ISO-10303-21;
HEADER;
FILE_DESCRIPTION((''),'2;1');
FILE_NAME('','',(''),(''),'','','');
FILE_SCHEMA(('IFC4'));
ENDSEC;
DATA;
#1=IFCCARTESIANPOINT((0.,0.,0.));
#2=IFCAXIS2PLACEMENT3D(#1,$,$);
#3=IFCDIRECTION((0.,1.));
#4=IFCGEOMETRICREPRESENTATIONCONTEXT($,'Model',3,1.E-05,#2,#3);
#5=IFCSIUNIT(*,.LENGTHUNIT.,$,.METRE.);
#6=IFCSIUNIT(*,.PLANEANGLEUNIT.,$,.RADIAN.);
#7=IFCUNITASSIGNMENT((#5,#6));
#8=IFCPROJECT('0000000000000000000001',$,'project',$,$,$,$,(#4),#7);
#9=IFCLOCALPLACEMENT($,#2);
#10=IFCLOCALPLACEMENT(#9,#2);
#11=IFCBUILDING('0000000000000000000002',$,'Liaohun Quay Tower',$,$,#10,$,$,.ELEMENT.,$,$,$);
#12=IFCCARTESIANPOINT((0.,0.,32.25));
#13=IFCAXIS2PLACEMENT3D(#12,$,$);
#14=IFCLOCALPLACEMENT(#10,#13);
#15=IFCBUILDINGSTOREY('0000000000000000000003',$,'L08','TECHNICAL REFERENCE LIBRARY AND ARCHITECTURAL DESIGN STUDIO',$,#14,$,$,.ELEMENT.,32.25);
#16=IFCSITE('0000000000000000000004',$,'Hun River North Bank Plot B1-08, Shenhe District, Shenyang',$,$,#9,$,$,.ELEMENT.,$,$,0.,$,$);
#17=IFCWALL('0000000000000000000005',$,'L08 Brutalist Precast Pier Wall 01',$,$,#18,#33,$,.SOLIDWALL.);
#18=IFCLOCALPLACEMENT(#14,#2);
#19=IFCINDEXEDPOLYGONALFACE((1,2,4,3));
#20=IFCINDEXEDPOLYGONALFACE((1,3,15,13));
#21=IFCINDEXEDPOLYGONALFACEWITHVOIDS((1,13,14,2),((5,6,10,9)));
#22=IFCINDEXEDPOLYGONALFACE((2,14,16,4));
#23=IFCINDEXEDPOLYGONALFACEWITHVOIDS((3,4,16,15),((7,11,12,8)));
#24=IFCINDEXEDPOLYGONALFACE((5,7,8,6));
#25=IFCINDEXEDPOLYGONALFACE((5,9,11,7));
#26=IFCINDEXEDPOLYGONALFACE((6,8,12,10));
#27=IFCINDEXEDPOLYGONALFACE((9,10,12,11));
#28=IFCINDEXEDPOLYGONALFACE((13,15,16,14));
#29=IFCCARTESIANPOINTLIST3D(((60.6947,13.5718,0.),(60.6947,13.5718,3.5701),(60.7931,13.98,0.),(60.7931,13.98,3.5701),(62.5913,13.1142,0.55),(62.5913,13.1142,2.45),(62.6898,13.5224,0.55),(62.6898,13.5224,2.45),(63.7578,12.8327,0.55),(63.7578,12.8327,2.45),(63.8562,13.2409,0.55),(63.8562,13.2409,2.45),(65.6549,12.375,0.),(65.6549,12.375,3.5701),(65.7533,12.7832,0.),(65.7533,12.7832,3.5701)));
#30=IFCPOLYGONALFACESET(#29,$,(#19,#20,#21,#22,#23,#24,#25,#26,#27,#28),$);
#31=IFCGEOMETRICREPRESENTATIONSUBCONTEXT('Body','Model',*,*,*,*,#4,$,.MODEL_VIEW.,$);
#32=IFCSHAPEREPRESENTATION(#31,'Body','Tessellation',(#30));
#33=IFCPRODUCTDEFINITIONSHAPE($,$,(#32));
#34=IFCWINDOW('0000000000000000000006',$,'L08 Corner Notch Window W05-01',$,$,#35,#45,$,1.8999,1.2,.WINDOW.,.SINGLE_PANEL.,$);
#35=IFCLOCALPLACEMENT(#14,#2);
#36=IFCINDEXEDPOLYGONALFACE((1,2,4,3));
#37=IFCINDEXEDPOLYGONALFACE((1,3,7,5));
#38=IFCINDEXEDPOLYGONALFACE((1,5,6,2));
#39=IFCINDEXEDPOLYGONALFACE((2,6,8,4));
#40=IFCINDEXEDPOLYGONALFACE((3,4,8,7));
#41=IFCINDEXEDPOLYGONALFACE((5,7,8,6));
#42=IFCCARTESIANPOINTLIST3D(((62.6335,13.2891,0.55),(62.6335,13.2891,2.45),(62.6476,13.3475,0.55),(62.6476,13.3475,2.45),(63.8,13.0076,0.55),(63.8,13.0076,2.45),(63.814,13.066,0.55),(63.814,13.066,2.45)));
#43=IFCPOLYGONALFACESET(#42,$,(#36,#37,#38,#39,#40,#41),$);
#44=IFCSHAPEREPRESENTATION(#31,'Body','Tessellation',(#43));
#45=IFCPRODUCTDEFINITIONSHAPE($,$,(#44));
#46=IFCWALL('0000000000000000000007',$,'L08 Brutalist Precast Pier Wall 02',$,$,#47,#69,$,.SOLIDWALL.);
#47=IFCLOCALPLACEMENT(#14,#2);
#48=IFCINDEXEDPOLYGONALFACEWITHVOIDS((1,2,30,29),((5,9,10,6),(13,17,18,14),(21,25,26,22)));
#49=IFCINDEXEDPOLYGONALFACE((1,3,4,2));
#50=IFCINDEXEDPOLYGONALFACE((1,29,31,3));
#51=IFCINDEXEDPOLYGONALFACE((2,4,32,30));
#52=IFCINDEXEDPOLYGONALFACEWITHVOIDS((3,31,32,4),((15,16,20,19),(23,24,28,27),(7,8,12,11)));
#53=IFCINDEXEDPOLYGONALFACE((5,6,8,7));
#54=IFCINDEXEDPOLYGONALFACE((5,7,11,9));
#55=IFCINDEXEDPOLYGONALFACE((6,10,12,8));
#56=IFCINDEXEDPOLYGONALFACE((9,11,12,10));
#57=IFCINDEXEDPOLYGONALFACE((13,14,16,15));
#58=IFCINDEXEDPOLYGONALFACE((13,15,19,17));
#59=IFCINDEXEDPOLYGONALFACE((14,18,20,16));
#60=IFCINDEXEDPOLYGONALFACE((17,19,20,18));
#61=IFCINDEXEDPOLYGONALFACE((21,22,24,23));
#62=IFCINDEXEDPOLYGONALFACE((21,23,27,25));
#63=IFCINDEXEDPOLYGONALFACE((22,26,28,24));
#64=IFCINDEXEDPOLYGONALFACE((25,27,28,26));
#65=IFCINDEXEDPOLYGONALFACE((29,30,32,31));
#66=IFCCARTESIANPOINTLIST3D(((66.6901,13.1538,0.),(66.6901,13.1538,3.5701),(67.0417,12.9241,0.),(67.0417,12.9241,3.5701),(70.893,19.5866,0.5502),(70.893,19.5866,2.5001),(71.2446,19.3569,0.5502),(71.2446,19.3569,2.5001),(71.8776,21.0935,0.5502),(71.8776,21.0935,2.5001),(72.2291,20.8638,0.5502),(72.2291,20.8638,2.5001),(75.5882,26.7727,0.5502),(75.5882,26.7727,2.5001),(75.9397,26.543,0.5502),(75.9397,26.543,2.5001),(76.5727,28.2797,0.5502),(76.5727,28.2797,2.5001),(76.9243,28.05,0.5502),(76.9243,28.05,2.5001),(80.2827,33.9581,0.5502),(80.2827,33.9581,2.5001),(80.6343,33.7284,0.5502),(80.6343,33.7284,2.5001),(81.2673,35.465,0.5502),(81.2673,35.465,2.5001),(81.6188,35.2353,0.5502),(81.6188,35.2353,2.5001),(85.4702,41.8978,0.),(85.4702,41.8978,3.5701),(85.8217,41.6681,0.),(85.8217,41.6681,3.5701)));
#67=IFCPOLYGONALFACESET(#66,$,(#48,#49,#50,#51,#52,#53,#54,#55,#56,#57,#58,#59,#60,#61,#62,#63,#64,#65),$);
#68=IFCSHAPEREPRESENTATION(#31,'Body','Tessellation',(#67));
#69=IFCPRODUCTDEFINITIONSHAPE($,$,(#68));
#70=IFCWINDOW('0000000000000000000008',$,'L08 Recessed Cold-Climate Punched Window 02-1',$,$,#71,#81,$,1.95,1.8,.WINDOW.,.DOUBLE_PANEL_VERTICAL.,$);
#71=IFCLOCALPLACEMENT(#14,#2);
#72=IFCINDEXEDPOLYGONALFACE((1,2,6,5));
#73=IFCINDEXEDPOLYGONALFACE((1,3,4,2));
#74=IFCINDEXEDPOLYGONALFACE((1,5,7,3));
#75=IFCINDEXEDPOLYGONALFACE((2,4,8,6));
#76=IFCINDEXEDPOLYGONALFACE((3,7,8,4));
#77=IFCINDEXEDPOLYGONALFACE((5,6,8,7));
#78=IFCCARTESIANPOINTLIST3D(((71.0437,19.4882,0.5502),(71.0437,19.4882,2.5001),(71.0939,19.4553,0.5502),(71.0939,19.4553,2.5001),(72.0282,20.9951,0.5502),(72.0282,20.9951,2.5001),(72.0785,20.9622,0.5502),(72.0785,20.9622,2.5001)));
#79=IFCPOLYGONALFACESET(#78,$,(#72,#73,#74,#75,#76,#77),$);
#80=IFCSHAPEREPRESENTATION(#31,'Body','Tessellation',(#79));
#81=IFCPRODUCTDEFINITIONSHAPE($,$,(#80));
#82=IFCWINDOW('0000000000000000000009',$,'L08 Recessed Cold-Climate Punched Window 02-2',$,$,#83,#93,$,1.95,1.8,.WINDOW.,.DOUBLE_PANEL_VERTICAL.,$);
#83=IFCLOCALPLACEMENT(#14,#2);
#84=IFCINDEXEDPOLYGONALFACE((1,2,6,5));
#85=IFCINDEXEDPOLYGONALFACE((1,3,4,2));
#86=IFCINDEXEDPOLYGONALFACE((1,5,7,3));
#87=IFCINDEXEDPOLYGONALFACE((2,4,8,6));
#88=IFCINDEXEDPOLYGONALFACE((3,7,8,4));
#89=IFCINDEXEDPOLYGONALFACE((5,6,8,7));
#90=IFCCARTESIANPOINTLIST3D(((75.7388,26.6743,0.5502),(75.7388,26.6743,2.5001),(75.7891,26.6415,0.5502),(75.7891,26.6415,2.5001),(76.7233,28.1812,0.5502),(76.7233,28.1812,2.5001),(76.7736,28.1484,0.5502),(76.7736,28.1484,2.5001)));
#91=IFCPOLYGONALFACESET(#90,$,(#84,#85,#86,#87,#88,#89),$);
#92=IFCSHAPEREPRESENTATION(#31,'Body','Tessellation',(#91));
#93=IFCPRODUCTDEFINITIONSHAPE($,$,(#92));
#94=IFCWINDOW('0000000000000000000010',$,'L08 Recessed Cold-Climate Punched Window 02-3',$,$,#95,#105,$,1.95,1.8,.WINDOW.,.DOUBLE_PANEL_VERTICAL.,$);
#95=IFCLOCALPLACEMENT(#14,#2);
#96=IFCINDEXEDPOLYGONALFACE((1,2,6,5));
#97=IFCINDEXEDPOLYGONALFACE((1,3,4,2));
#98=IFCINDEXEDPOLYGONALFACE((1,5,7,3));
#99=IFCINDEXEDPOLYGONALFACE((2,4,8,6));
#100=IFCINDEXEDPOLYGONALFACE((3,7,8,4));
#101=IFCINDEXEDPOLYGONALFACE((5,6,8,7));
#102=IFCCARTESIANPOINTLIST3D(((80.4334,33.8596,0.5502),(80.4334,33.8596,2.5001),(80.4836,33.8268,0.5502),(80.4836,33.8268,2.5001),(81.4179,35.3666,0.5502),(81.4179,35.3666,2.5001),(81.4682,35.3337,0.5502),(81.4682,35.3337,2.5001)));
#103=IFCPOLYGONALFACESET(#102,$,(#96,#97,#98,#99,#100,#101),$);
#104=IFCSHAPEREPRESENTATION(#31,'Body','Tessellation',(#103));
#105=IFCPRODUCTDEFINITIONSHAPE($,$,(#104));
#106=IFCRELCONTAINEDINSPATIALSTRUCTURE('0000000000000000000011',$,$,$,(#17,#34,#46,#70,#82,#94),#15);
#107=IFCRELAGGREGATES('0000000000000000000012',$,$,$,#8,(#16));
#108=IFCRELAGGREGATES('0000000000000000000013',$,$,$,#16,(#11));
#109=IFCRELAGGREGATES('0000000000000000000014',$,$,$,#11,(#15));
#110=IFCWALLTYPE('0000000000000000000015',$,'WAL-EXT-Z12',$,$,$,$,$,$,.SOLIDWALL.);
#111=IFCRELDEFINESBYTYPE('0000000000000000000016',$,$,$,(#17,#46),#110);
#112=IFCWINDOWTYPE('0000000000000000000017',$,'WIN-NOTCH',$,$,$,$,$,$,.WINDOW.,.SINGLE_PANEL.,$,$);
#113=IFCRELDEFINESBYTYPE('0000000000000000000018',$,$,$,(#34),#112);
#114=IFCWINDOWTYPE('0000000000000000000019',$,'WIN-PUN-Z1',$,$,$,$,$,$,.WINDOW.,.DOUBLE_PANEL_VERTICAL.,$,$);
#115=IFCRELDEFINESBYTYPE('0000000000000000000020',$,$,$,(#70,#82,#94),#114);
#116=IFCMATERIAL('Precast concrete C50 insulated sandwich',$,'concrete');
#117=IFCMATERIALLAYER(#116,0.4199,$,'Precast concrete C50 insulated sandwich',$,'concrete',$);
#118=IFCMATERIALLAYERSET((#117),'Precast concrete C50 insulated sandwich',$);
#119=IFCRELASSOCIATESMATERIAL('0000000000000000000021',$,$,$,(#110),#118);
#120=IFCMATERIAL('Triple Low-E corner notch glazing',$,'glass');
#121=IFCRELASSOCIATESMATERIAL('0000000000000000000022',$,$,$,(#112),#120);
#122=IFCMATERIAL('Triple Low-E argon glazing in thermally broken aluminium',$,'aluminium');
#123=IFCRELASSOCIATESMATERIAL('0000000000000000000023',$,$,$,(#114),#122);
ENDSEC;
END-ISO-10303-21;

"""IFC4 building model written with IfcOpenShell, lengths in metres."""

from ifc_helpers import new_model, si_unit, direction, frame, frame_2d, origin, place, context, subcontext, project, spatial, rectangle, extrude, source, transform, mapped, material, layer, layer_set, type_object, element, fill, save


model = new_model("IFC4")

# Units and contexts
model_context = context("Model", 3, precision=1e-05, world=origin(), true_north=direction((0.0, 1.0)))
body_context = subcontext(model_context, "Body", "Model", "MODEL_VIEW")
ifc_project = project(units=[si_unit("LENGTHUNIT", "METRE"), si_unit("PLANEANGLEUNIT", "RADIAN")], contexts=[model_context])

# Site, building, storey
site_placement = place(None, origin())
site = spatial("IfcSite", under=ifc_project, at=site_placement, Name="Hun River North Bank Plot B1-08, Shenhe District, Shenyang", CompositionType="ELEMENT", RefElevation=0.0)
building_placement = place(site_placement, origin())
building = spatial("IfcBuilding", under=site, at=building_placement, Name="Liaohun Quay Tower", CompositionType="ELEMENT")
storey_placement = place(building_placement, frame((0.0, 0.0, 32.25)))
storey = spatial("IfcBuildingStorey", under=building, at=storey_placement, Name="L08", Description="TECHNICAL REFERENCE LIBRARY AND ARCHITECTURAL DESIGN STUDIO", CompositionType="ELEMENT", Elevation=32.25)

# Wall, opening, window
ifc_material_1 = material(Name="Precast concrete C50 insulated sandwich", Category="concrete")
ifc_layer_1 = layer(ifc_material_1, 0.4199, Name="Precast concrete C50 insulated sandwich", Category="concrete")
ifc_layer_set_1 = layer_set([ifc_layer_1], Name="Precast concrete C50 insulated sandwich")
wall_type_1 = type_object("IfcWallType", Name="WAL-EXT-Z12", PredefinedType="SOLIDWALL", material=ifc_layer_set_1)
wall_1_placement = place(storey_placement, frame((60.7439, 13.7759, 0.0), z_axis=(0.0, 0.0, 1.0), x_axis=(0.972105, -0.234545, 0.0)))
wall_1 = element("IfcWall", 1, at=wall_1_placement, inside=storey, type_object=wall_type_1, Name="L08 Brutalist Precast Pier Wall 01", PredefinedType="SOLIDWALL", context=body_context, shape_type="SweptSolid", body=[
    extrude(rectangle(XDim=5.1025, YDim=0.4199, at=frame_2d((2.5513, 0.0))), origin(), (0.0, 0.0, 1.0), 3.5701),
])
shared_shape_1 = source(origin(), body_context, "Body", "SweptSolid", [
    extrude(rectangle(XDim=1.2, YDim=1.8999, at=frame_2d((0.6001, 0.95))), frame((0.0, 0.22, 0.0), z_axis=(0.0, -1.0, 0.0), x_axis=(1.0, 0.0, 0.0)), (0.0, 0.0, 1.0), 0.4399),
])
opening_1_placement = place(wall_1_placement, frame((1.9509, 0.0, 0.55)))
opening_1 = element("IfcOpeningElement", 2, at=opening_1_placement, cuts=wall_1, PredefinedType="OPENING", context=body_context, shape_type="MappedRepresentation", body=[
    mapped(shared_shape_1, transform((0.0, 0.0, 0.0), x_axis=(1.0, 0.0, 0.0), y_axis=(0.0, 1.0, 0.0), z_axis=(0.0, 0.0, 1.0), scale=1.0)),
])
ifc_material_2 = material(Name="Triple Low-E corner notch glazing", Category="glass")
window_type_1 = type_object("IfcWindowType", Name="WIN-NOTCH", PartitioningType="SINGLE_PANEL", PredefinedType="WINDOW", material=ifc_material_2)
shared_shape_2 = source(origin(), body_context, "Body", "SweptSolid", [
    extrude(rectangle(XDim=1.2, YDim=1.8999, at=frame_2d((0.6001, 0.95))), frame((0.0, 0.03, 0.0), z_axis=(0.0, -1.0, 0.0), x_axis=(1.0, 0.0, 0.0)), (0.0, 0.0, 1.0), 0.0601),
])
window_1_placement = place(opening_1_placement, origin())
window_1 = element("IfcWindow", 3, at=window_1_placement, inside=storey, type_object=window_type_1, Name="L08 Corner Notch Window W05-01", OverallHeight=1.8999, OverallWidth=1.2, PartitioningType="SINGLE_PANEL", PredefinedType="WINDOW", context=body_context, shape_type="MappedRepresentation", body=[
    mapped(shared_shape_2, transform((0.0, 0.0, 0.0), x_axis=(1.0, 0.0, 0.0), y_axis=(0.0, 1.0, 0.0), z_axis=(0.0, 0.0, 1.0), scale=1.0)),
])
fill(opening_1, window_1)

# Wall, openings, windows
wall_2_placement = place(storey_placement, frame((66.866, 13.0391, 0.0), z_axis=(0.0, 0.0, 1.0), x_axis=(0.546963, 0.837157, 0.0)))
wall_2 = element("IfcWall", 4, at=wall_2_placement, inside=storey, type_object=wall_type_1, Name="L08 Brutalist Precast Pier Wall 02", PredefinedType="SOLIDWALL", context=body_context, shape_type="SweptSolid", body=[
    extrude(rectangle(XDim=34.3352, YDim=0.4199, at=frame_2d((17.1675, 0.0))), origin(), (0.0, 0.0, 1.0), 3.5701),
])
shared_shape_3 = source(origin(), body_context, "Body", "SweptSolid", [
    extrude(rectangle(XDim=1.8, YDim=1.95, at=frame_2d((0.8999, 0.9751))), frame((0.0, 0.22, 0.0), z_axis=(0.0, -1.0, 0.0), x_axis=(1.0, 0.0, 0.0)), (0.0, 0.0, 1.0), 0.4399),
])
opening_2_placement = place(wall_2_placement, frame((7.6841, 0.0, 0.55)))
opening_2 = element("IfcOpeningElement", 5, at=opening_2_placement, cuts=wall_2, PredefinedType="OPENING", context=body_context, shape_type="MappedRepresentation", body=[
    mapped(shared_shape_3, transform((0.0, 0.0, 0.0), x_axis=(1.0, 0.0, 0.0), y_axis=(0.0, 1.0, 0.0), z_axis=(0.0, 0.0, 1.0), scale=1.0)),
])
opening_3_placement = place(wall_2_placement, frame((16.2681, 0.0, 0.55)))
opening_3 = element("IfcOpeningElement", 6, at=opening_3_placement, cuts=wall_2, PredefinedType="OPENING", context=body_context, shape_type="MappedRepresentation", body=[
    mapped(shared_shape_3, transform((0.0, 0.0, 0.0), x_axis=(1.0, 0.0, 0.0), y_axis=(0.0, 1.0, 0.0), z_axis=(0.0, 0.0, 1.0), scale=1.0)),
])
opening_4_placement = place(wall_2_placement, frame((24.8511, 0.0, 0.55)))
opening_4 = element("IfcOpeningElement", 7, at=opening_4_placement, cuts=wall_2, PredefinedType="OPENING", context=body_context, shape_type="MappedRepresentation", body=[
    mapped(shared_shape_3, transform((0.0, 0.0, 0.0), x_axis=(1.0, 0.0, 0.0), y_axis=(0.0, 1.0, 0.0), z_axis=(0.0, 0.0, 1.0), scale=1.0)),
])
ifc_material_3 = material(Name="Triple Low-E argon glazing in thermally broken aluminium", Category="aluminium")
window_type_2 = type_object("IfcWindowType", Name="WIN-PUN-Z1", PartitioningType="DOUBLE_PANEL_VERTICAL", PredefinedType="WINDOW", material=ifc_material_3)
shared_shape_4 = source(origin(), body_context, "Body", "SweptSolid", [
    extrude(rectangle(XDim=1.8, YDim=1.95, at=frame_2d((0.8999, 0.9751))), frame((0.0, 0.03, 0.0), z_axis=(0.0, -1.0, 0.0), x_axis=(1.0, 0.0, 0.0)), (0.0, 0.0, 1.0), 0.0601),
])
window_2_placement = place(opening_2_placement, origin())
window_2 = element("IfcWindow", 8, at=window_2_placement, inside=storey, type_object=window_type_2, Name="L08 Recessed Cold-Climate Punched Window 02-1", OverallHeight=1.95, OverallWidth=1.8, PartitioningType="DOUBLE_PANEL_VERTICAL", PredefinedType="WINDOW", context=body_context, shape_type="MappedRepresentation", body=[
    mapped(shared_shape_4, transform((0.0, 0.0, 0.0), x_axis=(1.0, 0.0, 0.0), y_axis=(0.0, 1.0, 0.0), z_axis=(0.0, 0.0, 1.0), scale=1.0)),
])
fill(opening_2, window_2)
window_3_placement = place(opening_3_placement, origin())
window_3 = element("IfcWindow", 9, at=window_3_placement, inside=storey, type_object=window_type_2, Name="L08 Recessed Cold-Climate Punched Window 02-2", OverallHeight=1.95, OverallWidth=1.8, PartitioningType="DOUBLE_PANEL_VERTICAL", PredefinedType="WINDOW", context=body_context, shape_type="MappedRepresentation", body=[
    mapped(shared_shape_4, transform((0.0, 0.0, 0.0), x_axis=(1.0, 0.0, 0.0), y_axis=(0.0, 1.0, 0.0), z_axis=(0.0, 0.0, 1.0), scale=1.0)),
])
fill(opening_3, window_3)
window_4_placement = place(opening_4_placement, origin())
window_4 = element("IfcWindow", 10, at=window_4_placement, inside=storey, type_object=window_type_2, Name="L08 Recessed Cold-Climate Punched Window 02-3", OverallHeight=1.95, OverallWidth=1.8, PartitioningType="DOUBLE_PANEL_VERTICAL", PredefinedType="WINDOW", context=body_context, shape_type="MappedRepresentation", body=[
    mapped(shared_shape_4, transform((0.0, 0.0, 0.0), x_axis=(1.0, 0.0, 0.0), y_axis=(0.0, 1.0, 0.0), z_axis=(0.0, 0.0, 1.0), scale=1.0)),
])
fill(opening_4, window_4)

save(model, "model.ifc")
